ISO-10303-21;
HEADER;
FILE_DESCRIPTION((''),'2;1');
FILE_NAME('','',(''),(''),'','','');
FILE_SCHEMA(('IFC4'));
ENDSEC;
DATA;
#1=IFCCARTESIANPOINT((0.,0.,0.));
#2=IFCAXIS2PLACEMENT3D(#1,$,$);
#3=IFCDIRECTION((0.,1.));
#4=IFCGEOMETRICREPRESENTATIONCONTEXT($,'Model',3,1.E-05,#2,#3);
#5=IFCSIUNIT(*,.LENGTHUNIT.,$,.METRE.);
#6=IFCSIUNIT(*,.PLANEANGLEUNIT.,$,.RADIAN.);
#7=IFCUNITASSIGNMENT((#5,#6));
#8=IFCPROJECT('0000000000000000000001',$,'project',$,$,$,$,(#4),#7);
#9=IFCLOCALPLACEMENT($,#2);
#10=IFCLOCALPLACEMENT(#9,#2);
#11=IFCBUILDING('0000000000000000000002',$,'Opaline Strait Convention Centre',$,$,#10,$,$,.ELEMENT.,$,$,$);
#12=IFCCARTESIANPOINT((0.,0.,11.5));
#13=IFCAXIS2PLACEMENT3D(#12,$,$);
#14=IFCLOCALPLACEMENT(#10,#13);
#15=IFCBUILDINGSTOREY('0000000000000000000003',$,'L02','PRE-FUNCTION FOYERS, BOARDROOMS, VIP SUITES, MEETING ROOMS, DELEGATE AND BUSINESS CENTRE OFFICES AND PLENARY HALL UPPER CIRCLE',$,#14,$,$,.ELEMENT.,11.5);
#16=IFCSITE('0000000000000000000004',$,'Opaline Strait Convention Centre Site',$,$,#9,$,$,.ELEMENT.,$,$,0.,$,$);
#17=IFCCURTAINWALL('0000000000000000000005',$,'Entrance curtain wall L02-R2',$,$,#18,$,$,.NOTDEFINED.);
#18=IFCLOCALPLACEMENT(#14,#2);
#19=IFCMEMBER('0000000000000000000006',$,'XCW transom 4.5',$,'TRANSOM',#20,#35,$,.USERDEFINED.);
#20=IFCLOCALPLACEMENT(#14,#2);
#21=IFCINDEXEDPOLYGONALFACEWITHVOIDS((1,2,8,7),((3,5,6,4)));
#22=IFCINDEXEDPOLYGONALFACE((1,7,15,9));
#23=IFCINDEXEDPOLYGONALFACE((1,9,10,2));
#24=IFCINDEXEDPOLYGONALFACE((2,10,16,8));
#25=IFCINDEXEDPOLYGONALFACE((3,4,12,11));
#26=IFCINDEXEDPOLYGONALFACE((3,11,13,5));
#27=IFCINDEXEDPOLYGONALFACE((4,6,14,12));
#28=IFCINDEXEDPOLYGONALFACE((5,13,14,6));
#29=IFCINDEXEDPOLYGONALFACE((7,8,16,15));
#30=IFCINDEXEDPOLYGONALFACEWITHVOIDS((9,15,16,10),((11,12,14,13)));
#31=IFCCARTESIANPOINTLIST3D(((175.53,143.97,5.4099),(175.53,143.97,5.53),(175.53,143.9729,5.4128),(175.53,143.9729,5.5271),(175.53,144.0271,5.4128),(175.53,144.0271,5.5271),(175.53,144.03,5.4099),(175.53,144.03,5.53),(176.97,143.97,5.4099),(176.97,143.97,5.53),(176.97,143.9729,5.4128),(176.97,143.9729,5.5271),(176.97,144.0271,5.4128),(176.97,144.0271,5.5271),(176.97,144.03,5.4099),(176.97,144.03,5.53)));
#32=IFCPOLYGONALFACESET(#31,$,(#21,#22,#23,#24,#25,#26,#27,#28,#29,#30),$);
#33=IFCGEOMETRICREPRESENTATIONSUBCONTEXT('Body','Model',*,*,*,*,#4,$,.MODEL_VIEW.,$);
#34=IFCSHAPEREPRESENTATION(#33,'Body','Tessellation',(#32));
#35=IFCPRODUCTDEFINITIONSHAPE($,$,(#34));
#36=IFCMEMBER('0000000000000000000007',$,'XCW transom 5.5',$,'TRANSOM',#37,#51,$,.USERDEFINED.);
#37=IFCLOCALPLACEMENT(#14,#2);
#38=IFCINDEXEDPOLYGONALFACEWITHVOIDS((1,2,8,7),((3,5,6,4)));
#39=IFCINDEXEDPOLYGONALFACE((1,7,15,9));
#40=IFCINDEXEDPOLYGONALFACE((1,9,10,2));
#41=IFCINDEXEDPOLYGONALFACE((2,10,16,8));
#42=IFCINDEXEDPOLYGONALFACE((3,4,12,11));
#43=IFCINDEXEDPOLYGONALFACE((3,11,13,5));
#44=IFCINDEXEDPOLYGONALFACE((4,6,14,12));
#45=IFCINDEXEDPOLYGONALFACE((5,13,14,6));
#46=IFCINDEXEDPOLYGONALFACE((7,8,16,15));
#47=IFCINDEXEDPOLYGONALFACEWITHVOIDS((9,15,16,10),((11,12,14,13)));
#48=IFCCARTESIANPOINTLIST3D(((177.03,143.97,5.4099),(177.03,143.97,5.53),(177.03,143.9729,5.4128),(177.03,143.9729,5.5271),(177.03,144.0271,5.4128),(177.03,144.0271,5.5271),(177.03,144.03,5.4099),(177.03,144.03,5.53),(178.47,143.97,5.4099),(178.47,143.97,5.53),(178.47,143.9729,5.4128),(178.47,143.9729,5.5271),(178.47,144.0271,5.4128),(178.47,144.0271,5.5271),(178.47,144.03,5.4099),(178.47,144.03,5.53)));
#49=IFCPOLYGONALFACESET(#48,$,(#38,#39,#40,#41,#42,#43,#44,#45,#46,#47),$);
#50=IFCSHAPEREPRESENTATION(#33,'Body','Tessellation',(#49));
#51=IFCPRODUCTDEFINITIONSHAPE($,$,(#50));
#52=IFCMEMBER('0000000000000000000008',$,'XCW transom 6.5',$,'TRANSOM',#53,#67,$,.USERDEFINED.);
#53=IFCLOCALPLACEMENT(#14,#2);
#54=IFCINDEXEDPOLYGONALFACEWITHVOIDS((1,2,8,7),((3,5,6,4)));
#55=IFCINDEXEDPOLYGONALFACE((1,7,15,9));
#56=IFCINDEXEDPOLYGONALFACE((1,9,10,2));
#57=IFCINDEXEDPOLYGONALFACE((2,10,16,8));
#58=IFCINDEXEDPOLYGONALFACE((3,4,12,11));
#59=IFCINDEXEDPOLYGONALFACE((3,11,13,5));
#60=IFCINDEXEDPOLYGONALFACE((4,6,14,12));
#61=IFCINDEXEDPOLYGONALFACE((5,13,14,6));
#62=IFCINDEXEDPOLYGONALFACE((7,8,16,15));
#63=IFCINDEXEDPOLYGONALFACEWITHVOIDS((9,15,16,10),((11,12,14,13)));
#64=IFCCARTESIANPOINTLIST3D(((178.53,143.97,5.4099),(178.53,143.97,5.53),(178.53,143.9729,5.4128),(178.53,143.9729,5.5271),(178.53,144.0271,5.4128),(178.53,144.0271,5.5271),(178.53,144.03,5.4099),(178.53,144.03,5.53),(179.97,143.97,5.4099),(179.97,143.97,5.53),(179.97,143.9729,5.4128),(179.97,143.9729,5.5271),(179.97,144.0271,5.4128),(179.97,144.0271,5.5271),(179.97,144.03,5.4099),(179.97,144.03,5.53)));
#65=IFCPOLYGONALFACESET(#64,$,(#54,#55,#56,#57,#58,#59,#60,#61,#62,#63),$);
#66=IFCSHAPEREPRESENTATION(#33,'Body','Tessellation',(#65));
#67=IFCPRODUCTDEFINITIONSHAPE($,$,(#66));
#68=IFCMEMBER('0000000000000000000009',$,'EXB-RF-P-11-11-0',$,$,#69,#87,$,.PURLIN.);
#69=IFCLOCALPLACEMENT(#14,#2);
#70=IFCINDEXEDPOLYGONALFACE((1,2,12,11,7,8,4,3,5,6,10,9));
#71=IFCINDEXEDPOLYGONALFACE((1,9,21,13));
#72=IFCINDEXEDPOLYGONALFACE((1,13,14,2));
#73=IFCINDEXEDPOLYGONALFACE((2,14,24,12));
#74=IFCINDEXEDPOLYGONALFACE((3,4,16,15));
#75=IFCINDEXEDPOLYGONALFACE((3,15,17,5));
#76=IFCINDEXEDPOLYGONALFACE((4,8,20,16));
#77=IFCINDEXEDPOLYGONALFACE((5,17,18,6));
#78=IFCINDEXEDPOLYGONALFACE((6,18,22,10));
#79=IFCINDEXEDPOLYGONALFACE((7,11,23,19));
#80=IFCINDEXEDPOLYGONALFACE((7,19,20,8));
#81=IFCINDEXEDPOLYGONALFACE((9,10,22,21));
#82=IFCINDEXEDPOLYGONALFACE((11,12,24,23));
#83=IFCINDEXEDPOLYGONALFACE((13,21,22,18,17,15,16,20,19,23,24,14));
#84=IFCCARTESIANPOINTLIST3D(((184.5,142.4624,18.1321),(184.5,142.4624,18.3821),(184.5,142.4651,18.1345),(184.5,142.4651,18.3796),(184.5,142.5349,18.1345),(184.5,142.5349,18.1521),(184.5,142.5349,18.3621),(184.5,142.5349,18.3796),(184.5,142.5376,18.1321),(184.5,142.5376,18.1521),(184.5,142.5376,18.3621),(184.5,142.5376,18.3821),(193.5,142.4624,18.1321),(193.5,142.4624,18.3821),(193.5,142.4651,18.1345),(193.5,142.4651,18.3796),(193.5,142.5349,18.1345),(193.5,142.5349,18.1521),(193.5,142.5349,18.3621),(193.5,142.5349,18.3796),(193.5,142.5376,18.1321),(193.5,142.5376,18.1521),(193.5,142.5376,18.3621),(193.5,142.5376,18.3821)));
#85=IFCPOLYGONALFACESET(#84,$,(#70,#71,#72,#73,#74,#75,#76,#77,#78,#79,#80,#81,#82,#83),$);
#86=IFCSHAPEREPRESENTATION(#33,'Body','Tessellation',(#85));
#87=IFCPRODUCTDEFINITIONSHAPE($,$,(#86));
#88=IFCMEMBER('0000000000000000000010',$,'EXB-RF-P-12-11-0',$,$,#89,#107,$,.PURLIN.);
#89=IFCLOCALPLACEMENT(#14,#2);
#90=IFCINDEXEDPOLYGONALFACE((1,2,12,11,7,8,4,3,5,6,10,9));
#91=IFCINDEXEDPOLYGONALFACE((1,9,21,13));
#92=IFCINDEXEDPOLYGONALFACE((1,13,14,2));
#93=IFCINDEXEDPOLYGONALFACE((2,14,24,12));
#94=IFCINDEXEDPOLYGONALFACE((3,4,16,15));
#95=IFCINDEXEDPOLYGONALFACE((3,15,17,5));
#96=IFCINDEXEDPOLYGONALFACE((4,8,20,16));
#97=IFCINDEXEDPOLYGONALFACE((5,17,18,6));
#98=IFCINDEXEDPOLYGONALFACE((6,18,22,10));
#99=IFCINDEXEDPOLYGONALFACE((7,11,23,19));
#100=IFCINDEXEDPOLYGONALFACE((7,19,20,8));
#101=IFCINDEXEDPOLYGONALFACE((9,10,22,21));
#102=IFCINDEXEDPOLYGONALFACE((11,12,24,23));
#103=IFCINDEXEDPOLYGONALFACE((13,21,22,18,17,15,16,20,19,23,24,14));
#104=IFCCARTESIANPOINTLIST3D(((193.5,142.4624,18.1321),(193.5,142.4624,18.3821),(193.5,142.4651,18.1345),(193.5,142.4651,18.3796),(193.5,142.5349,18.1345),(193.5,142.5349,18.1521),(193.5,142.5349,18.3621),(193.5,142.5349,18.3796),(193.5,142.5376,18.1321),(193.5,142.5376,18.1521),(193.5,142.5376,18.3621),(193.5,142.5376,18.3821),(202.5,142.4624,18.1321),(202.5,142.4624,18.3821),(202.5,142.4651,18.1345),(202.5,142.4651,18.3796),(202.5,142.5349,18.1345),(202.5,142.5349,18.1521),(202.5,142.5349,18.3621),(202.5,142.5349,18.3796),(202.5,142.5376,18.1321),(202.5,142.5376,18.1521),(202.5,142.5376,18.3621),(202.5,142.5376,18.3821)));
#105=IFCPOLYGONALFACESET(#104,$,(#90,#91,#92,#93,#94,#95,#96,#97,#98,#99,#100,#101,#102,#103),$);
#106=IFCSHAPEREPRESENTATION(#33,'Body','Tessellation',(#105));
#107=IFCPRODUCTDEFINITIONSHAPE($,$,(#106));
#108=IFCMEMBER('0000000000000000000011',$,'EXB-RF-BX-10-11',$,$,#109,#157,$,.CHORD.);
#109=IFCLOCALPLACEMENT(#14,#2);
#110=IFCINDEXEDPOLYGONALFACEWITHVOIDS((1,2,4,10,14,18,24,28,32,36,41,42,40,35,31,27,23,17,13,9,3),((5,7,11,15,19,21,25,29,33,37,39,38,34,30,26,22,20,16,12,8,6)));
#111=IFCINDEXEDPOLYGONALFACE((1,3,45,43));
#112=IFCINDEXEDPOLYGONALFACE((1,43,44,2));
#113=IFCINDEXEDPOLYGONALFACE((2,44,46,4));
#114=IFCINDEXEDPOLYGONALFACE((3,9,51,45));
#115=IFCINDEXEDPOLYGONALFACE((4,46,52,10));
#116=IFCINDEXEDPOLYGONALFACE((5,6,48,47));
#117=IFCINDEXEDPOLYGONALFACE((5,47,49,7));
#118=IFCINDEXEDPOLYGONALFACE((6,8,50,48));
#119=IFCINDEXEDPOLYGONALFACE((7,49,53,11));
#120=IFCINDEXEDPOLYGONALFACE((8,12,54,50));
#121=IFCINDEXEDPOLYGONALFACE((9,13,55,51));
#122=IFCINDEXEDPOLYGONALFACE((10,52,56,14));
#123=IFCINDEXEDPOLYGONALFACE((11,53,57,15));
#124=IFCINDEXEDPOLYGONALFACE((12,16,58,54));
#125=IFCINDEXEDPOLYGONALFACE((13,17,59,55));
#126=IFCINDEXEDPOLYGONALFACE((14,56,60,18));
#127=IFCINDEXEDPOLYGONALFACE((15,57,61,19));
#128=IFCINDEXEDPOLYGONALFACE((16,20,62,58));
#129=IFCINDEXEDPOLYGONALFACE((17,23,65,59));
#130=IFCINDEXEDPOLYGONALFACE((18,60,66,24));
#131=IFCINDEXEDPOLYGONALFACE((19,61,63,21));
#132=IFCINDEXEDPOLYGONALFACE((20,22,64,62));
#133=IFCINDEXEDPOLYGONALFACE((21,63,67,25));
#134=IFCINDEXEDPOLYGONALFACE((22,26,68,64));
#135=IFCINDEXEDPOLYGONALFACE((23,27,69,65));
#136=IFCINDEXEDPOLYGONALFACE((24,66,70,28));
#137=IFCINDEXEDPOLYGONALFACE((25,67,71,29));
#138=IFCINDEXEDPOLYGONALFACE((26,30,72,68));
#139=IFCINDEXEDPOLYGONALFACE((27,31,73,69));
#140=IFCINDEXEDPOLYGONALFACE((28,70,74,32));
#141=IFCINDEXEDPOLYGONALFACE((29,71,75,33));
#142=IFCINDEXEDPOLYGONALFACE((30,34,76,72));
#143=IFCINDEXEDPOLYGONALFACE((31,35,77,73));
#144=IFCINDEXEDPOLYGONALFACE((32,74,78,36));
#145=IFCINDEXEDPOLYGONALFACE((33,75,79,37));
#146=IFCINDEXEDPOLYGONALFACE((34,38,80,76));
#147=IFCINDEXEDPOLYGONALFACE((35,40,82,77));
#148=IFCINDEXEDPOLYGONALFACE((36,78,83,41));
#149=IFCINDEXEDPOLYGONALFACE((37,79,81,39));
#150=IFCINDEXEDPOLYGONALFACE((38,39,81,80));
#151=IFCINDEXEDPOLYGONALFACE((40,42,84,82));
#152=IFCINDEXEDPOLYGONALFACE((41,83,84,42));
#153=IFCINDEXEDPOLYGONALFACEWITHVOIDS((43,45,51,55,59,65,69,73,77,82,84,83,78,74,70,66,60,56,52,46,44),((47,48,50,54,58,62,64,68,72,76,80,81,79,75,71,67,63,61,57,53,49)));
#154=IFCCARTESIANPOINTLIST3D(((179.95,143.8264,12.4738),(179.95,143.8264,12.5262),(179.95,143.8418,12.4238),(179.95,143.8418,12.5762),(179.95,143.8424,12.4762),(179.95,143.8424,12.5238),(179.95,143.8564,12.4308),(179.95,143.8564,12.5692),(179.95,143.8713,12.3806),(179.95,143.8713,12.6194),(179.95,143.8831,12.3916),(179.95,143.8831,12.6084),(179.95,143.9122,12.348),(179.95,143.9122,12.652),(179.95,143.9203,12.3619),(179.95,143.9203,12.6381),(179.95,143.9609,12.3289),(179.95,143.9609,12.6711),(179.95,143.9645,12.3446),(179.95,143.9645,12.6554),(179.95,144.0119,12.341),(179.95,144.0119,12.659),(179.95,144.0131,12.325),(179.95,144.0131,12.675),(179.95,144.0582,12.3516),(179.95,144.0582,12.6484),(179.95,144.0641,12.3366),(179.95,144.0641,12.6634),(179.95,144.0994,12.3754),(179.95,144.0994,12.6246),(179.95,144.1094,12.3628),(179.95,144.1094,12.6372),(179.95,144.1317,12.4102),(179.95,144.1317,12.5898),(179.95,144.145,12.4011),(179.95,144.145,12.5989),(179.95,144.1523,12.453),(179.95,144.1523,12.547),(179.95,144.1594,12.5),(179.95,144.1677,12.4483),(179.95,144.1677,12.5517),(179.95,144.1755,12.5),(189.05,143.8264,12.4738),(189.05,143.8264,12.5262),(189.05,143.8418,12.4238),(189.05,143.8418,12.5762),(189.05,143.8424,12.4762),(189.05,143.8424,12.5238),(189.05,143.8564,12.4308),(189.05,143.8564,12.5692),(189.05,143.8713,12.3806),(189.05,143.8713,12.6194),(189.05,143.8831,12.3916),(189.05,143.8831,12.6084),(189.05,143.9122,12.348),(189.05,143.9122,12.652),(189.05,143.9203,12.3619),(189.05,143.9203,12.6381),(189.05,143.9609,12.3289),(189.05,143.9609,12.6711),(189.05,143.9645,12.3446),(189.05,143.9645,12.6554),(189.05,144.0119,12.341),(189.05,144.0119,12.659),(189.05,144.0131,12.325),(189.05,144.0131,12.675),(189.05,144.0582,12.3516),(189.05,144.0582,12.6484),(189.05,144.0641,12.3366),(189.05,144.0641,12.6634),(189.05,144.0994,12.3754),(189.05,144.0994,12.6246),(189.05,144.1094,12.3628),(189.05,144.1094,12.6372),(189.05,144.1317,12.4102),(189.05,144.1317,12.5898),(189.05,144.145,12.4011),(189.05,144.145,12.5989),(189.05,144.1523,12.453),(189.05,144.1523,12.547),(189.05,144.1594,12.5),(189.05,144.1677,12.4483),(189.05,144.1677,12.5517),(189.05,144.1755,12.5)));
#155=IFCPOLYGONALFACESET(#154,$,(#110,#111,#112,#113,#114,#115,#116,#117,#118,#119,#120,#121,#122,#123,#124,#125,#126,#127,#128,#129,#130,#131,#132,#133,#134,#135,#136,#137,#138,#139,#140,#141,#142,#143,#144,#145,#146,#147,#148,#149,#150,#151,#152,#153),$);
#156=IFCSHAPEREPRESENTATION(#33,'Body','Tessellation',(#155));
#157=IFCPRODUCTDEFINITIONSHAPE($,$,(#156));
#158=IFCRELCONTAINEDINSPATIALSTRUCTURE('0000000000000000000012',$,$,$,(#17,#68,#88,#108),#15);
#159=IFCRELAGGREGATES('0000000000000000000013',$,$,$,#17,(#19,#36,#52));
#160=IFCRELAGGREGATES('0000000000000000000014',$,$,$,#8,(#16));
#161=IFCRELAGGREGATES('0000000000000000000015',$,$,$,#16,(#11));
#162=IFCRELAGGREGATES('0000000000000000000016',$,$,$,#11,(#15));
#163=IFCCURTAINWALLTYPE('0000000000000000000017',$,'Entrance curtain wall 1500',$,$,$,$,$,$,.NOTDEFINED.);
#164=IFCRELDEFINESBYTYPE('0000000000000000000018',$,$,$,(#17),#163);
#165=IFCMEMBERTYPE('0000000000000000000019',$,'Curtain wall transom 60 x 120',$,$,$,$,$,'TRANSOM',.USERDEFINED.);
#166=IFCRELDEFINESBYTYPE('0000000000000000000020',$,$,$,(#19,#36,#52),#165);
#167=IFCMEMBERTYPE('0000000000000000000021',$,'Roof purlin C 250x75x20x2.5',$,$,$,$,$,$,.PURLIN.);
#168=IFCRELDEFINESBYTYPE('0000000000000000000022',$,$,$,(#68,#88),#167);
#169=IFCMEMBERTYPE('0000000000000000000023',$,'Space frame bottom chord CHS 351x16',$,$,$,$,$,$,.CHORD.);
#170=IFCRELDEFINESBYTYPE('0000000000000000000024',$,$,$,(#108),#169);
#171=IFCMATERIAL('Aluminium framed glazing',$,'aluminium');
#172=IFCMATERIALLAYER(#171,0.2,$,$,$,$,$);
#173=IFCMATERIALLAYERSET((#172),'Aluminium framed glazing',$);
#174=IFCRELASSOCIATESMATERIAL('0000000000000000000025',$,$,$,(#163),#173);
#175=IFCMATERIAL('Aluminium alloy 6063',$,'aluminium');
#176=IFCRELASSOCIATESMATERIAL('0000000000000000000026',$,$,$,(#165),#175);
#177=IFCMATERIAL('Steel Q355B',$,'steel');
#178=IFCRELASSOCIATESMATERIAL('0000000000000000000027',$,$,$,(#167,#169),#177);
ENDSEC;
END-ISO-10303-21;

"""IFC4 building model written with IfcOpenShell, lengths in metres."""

from ifc_helpers import new_model, si_unit, direction, frame, origin, origin_2d, place, context, subcontext, project, spatial, polyline, hollow_rectangle, hollow_circle, outline, extrude, material, layer, layer_set, material_profile, profile_set, type_object, element, aggregate, save


model = new_model("IFC4")

# Units and contexts
model_context = context("Model", 3, precision=1e-05, world=origin(), true_north=direction((0.0, 1.0)))
body_context = subcontext(model_context, "Body", "Model", "MODEL_VIEW")
ifc_project = project(units=[si_unit("LENGTHUNIT", "METRE"), si_unit("PLANEANGLEUNIT", "RADIAN")], contexts=[model_context])

# Site, building, storey
site_placement = place(None, origin())
site = spatial("IfcSite", under=ifc_project, at=site_placement, Name="Opaline Strait Convention Centre Site", CompositionType="ELEMENT", RefElevation=0.0)
building_placement = place(site_placement, origin())
building = spatial("IfcBuilding", under=site, at=building_placement, Name="Opaline Strait Convention Centre", CompositionType="ELEMENT")
storey_placement = place(building_placement, frame((0.0, 0.0, 11.5)))
storey = spatial("IfcBuildingStorey", under=building, at=storey_placement, Name="L02", Description="PRE-FUNCTION FOYERS, BOARDROOMS, VIP SUITES, MEETING ROOMS, DELEGATE AND BUSINESS CENTRE OFFICES AND PLENARY HALL UPPER CIRCLE", CompositionType="ELEMENT", Elevation=11.5)

# Curtain wall, members
ifc_material_1 = material(Name="Aluminium framed glazing", Category="aluminium")
ifc_layer_1 = layer(ifc_material_1, 0.2)
ifc_layer_set_1 = layer_set([ifc_layer_1], Name="Aluminium framed glazing")
curtain_wall_type = type_object("IfcCurtainWallType", Name="Entrance curtain wall 1500", PredefinedType="NOTDEFINED", material=ifc_layer_set_1)
curtain_wall_placement = place(storey_placement, origin())
curtain_wall = element("IfcCurtainWall", 1, at=curtain_wall_placement, inside=storey, type_object=curtain_wall_type, Name="Entrance curtain wall L02-R2", PredefinedType="NOTDEFINED")
ifc_material_2 = material(Name="Aluminium alloy 6063", Category="aluminium")
ifc_material_profile_1 = material_profile(ifc_material_2, hollow_rectangle(XDim=0.0601, YDim=0.1201, WallThickness=0.0029, at=origin_2d()), Name="TRANSOM 60x120x3")
ifc_profile_set_1 = profile_set([ifc_material_profile_1], Name="Aluminium alloy 6063")
member_type_1 = type_object("IfcMemberType", Name="Curtain wall transom 60 x 120", ElementType="TRANSOM", PredefinedType="USERDEFINED", material=ifc_profile_set_1)
member_1_placement = place(storey_placement, frame((175.53, 144.0, 5.47), z_axis=(1.0, 0.0, 0.0), x_axis=(0.0, 1.0, 0.0)))
member_1 = element("IfcMember", 2, at=member_1_placement, type_object=member_type_1, Name="XCW transom 4.5", ObjectType="TRANSOM", PredefinedType="USERDEFINED", context=body_context, shape_type="SweptSolid", body=[
    extrude(hollow_rectangle(XDim=0.0601, YDim=0.1201, WallThickness=0.0029, at=origin_2d()), origin(), (0.0, 0.0, 1.0), 1.4399),
])
member_2_placement = place(storey_placement, frame((177.03, 144.0, 5.47), z_axis=(1.0, 0.0, 0.0), x_axis=(0.0, 1.0, 0.0)))
member_2 = element("IfcMember", 3, at=member_2_placement, type_object=member_type_1, Name="XCW transom 5.5", ObjectType="TRANSOM", PredefinedType="USERDEFINED", context=body_context, shape_type="SweptSolid", body=[
    extrude(hollow_rectangle(XDim=0.0601, YDim=0.1201, WallThickness=0.0029, at=origin_2d()), origin(), (0.0, 0.0, 1.0), 1.4399),
])
member_3_placement = place(storey_placement, frame((178.53, 144.0, 5.47), z_axis=(1.0, 0.0, 0.0), x_axis=(0.0, 1.0, 0.0)))
member_3 = element("IfcMember", 4, at=member_3_placement, type_object=member_type_1, Name="XCW transom 6.5", ObjectType="TRANSOM", PredefinedType="USERDEFINED", context=body_context, shape_type="SweptSolid", body=[
    extrude(hollow_rectangle(XDim=0.0601, YDim=0.1201, WallThickness=0.0029, at=origin_2d()), origin(), (0.0, 0.0, 1.0), 1.4399),
])

# Members
ifc_material_3 = material(Name="Steel Q355B", Category="steel")
ifc_material_profile_2 = material_profile(ifc_material_3, outline(polyline([(-0.0376, -0.125), (0.0376, -0.125), (0.0376, -0.105), (0.0349, -0.105), (0.0349, -0.1226), (-0.0349, -0.1226), (-0.0349, 0.1226), (0.0349, 0.1226), (0.0349, 0.105), (0.0376, 0.105), (0.0376, 0.125), (-0.0376, 0.125), (-0.0376, -0.125)])), Name="C 250x75x20x2.5")
ifc_profile_set_2 = profile_set([ifc_material_profile_2], Name="Steel Q355B")
member_type_2 = type_object("IfcMemberType", Name="Roof purlin C 250x75x20x2.5", PredefinedType="PURLIN", material=ifc_profile_set_2)
for number, where, z_axis, x_axis, name in (
    (5, (184.5, 142.5, 18.2571), (1.0, 0.0, 0.0), (0.0, 1.0, 0.0), "EXB-RF-P-11-11-0"),
    (6, (193.5, 142.5, 18.2571), (1.0, 0.0, 0.0), (0.0, 1.0, 0.0), "EXB-RF-P-12-11-0"),
):
    element("IfcMember", number, at=place(storey_placement, frame(where, z_axis=z_axis, x_axis=x_axis)), inside=storey, type_object=member_type_2, Name=name, PredefinedType="PURLIN", context=body_context, shape_type="SweptSolid", body=[
        extrude(outline(polyline([(-0.0376, -0.125), (0.0376, -0.125), (0.0376, -0.105), (0.0349, -0.105), (0.0349, -0.1226), (-0.0349, -0.1226), (-0.0349, 0.1226), (0.0349, 0.1226), (0.0349, 0.105), (0.0376, 0.105), (0.0376, 0.125), (-0.0376, 0.125), (-0.0376, -0.125)])), origin(), (0.0, 0.0, 1.0), 9.0),
    ])
ifc_material_profile_3 = material_profile(ifc_material_3, hollow_circle(Radius=0.1755, WallThickness=0.0161, at=origin_2d()), Name="CHS 351x16")
ifc_profile_set_3 = profile_set([ifc_material_profile_3], Name="Steel Q355B")
member_type_3 = type_object("IfcMemberType", Name="Space frame bottom chord CHS 351x16", PredefinedType="CHORD", material=ifc_profile_set_3)
for number, where, z_axis, x_axis, name in (
    (7, (179.95, 144.0, 12.5), (1.0, 0.0, 0.0), (0.0, 1.0, 0.0), "EXB-RF-BX-10-11"),
):
    element("IfcMember", number, at=place(storey_placement, frame(where, z_axis=z_axis, x_axis=x_axis)), inside=storey, type_object=member_type_3, Name=name, PredefinedType="CHORD", context=body_context, shape_type="SweptSolid", body=[
        extrude(hollow_circle(Radius=0.1755, WallThickness=0.0161, at=origin_2d()), origin(), (0.0, 0.0, 1.0), 9.1001),
    ])

aggregate(curtain_wall, [member_1, member_2, member_3])

save(model, "model.ifc")
